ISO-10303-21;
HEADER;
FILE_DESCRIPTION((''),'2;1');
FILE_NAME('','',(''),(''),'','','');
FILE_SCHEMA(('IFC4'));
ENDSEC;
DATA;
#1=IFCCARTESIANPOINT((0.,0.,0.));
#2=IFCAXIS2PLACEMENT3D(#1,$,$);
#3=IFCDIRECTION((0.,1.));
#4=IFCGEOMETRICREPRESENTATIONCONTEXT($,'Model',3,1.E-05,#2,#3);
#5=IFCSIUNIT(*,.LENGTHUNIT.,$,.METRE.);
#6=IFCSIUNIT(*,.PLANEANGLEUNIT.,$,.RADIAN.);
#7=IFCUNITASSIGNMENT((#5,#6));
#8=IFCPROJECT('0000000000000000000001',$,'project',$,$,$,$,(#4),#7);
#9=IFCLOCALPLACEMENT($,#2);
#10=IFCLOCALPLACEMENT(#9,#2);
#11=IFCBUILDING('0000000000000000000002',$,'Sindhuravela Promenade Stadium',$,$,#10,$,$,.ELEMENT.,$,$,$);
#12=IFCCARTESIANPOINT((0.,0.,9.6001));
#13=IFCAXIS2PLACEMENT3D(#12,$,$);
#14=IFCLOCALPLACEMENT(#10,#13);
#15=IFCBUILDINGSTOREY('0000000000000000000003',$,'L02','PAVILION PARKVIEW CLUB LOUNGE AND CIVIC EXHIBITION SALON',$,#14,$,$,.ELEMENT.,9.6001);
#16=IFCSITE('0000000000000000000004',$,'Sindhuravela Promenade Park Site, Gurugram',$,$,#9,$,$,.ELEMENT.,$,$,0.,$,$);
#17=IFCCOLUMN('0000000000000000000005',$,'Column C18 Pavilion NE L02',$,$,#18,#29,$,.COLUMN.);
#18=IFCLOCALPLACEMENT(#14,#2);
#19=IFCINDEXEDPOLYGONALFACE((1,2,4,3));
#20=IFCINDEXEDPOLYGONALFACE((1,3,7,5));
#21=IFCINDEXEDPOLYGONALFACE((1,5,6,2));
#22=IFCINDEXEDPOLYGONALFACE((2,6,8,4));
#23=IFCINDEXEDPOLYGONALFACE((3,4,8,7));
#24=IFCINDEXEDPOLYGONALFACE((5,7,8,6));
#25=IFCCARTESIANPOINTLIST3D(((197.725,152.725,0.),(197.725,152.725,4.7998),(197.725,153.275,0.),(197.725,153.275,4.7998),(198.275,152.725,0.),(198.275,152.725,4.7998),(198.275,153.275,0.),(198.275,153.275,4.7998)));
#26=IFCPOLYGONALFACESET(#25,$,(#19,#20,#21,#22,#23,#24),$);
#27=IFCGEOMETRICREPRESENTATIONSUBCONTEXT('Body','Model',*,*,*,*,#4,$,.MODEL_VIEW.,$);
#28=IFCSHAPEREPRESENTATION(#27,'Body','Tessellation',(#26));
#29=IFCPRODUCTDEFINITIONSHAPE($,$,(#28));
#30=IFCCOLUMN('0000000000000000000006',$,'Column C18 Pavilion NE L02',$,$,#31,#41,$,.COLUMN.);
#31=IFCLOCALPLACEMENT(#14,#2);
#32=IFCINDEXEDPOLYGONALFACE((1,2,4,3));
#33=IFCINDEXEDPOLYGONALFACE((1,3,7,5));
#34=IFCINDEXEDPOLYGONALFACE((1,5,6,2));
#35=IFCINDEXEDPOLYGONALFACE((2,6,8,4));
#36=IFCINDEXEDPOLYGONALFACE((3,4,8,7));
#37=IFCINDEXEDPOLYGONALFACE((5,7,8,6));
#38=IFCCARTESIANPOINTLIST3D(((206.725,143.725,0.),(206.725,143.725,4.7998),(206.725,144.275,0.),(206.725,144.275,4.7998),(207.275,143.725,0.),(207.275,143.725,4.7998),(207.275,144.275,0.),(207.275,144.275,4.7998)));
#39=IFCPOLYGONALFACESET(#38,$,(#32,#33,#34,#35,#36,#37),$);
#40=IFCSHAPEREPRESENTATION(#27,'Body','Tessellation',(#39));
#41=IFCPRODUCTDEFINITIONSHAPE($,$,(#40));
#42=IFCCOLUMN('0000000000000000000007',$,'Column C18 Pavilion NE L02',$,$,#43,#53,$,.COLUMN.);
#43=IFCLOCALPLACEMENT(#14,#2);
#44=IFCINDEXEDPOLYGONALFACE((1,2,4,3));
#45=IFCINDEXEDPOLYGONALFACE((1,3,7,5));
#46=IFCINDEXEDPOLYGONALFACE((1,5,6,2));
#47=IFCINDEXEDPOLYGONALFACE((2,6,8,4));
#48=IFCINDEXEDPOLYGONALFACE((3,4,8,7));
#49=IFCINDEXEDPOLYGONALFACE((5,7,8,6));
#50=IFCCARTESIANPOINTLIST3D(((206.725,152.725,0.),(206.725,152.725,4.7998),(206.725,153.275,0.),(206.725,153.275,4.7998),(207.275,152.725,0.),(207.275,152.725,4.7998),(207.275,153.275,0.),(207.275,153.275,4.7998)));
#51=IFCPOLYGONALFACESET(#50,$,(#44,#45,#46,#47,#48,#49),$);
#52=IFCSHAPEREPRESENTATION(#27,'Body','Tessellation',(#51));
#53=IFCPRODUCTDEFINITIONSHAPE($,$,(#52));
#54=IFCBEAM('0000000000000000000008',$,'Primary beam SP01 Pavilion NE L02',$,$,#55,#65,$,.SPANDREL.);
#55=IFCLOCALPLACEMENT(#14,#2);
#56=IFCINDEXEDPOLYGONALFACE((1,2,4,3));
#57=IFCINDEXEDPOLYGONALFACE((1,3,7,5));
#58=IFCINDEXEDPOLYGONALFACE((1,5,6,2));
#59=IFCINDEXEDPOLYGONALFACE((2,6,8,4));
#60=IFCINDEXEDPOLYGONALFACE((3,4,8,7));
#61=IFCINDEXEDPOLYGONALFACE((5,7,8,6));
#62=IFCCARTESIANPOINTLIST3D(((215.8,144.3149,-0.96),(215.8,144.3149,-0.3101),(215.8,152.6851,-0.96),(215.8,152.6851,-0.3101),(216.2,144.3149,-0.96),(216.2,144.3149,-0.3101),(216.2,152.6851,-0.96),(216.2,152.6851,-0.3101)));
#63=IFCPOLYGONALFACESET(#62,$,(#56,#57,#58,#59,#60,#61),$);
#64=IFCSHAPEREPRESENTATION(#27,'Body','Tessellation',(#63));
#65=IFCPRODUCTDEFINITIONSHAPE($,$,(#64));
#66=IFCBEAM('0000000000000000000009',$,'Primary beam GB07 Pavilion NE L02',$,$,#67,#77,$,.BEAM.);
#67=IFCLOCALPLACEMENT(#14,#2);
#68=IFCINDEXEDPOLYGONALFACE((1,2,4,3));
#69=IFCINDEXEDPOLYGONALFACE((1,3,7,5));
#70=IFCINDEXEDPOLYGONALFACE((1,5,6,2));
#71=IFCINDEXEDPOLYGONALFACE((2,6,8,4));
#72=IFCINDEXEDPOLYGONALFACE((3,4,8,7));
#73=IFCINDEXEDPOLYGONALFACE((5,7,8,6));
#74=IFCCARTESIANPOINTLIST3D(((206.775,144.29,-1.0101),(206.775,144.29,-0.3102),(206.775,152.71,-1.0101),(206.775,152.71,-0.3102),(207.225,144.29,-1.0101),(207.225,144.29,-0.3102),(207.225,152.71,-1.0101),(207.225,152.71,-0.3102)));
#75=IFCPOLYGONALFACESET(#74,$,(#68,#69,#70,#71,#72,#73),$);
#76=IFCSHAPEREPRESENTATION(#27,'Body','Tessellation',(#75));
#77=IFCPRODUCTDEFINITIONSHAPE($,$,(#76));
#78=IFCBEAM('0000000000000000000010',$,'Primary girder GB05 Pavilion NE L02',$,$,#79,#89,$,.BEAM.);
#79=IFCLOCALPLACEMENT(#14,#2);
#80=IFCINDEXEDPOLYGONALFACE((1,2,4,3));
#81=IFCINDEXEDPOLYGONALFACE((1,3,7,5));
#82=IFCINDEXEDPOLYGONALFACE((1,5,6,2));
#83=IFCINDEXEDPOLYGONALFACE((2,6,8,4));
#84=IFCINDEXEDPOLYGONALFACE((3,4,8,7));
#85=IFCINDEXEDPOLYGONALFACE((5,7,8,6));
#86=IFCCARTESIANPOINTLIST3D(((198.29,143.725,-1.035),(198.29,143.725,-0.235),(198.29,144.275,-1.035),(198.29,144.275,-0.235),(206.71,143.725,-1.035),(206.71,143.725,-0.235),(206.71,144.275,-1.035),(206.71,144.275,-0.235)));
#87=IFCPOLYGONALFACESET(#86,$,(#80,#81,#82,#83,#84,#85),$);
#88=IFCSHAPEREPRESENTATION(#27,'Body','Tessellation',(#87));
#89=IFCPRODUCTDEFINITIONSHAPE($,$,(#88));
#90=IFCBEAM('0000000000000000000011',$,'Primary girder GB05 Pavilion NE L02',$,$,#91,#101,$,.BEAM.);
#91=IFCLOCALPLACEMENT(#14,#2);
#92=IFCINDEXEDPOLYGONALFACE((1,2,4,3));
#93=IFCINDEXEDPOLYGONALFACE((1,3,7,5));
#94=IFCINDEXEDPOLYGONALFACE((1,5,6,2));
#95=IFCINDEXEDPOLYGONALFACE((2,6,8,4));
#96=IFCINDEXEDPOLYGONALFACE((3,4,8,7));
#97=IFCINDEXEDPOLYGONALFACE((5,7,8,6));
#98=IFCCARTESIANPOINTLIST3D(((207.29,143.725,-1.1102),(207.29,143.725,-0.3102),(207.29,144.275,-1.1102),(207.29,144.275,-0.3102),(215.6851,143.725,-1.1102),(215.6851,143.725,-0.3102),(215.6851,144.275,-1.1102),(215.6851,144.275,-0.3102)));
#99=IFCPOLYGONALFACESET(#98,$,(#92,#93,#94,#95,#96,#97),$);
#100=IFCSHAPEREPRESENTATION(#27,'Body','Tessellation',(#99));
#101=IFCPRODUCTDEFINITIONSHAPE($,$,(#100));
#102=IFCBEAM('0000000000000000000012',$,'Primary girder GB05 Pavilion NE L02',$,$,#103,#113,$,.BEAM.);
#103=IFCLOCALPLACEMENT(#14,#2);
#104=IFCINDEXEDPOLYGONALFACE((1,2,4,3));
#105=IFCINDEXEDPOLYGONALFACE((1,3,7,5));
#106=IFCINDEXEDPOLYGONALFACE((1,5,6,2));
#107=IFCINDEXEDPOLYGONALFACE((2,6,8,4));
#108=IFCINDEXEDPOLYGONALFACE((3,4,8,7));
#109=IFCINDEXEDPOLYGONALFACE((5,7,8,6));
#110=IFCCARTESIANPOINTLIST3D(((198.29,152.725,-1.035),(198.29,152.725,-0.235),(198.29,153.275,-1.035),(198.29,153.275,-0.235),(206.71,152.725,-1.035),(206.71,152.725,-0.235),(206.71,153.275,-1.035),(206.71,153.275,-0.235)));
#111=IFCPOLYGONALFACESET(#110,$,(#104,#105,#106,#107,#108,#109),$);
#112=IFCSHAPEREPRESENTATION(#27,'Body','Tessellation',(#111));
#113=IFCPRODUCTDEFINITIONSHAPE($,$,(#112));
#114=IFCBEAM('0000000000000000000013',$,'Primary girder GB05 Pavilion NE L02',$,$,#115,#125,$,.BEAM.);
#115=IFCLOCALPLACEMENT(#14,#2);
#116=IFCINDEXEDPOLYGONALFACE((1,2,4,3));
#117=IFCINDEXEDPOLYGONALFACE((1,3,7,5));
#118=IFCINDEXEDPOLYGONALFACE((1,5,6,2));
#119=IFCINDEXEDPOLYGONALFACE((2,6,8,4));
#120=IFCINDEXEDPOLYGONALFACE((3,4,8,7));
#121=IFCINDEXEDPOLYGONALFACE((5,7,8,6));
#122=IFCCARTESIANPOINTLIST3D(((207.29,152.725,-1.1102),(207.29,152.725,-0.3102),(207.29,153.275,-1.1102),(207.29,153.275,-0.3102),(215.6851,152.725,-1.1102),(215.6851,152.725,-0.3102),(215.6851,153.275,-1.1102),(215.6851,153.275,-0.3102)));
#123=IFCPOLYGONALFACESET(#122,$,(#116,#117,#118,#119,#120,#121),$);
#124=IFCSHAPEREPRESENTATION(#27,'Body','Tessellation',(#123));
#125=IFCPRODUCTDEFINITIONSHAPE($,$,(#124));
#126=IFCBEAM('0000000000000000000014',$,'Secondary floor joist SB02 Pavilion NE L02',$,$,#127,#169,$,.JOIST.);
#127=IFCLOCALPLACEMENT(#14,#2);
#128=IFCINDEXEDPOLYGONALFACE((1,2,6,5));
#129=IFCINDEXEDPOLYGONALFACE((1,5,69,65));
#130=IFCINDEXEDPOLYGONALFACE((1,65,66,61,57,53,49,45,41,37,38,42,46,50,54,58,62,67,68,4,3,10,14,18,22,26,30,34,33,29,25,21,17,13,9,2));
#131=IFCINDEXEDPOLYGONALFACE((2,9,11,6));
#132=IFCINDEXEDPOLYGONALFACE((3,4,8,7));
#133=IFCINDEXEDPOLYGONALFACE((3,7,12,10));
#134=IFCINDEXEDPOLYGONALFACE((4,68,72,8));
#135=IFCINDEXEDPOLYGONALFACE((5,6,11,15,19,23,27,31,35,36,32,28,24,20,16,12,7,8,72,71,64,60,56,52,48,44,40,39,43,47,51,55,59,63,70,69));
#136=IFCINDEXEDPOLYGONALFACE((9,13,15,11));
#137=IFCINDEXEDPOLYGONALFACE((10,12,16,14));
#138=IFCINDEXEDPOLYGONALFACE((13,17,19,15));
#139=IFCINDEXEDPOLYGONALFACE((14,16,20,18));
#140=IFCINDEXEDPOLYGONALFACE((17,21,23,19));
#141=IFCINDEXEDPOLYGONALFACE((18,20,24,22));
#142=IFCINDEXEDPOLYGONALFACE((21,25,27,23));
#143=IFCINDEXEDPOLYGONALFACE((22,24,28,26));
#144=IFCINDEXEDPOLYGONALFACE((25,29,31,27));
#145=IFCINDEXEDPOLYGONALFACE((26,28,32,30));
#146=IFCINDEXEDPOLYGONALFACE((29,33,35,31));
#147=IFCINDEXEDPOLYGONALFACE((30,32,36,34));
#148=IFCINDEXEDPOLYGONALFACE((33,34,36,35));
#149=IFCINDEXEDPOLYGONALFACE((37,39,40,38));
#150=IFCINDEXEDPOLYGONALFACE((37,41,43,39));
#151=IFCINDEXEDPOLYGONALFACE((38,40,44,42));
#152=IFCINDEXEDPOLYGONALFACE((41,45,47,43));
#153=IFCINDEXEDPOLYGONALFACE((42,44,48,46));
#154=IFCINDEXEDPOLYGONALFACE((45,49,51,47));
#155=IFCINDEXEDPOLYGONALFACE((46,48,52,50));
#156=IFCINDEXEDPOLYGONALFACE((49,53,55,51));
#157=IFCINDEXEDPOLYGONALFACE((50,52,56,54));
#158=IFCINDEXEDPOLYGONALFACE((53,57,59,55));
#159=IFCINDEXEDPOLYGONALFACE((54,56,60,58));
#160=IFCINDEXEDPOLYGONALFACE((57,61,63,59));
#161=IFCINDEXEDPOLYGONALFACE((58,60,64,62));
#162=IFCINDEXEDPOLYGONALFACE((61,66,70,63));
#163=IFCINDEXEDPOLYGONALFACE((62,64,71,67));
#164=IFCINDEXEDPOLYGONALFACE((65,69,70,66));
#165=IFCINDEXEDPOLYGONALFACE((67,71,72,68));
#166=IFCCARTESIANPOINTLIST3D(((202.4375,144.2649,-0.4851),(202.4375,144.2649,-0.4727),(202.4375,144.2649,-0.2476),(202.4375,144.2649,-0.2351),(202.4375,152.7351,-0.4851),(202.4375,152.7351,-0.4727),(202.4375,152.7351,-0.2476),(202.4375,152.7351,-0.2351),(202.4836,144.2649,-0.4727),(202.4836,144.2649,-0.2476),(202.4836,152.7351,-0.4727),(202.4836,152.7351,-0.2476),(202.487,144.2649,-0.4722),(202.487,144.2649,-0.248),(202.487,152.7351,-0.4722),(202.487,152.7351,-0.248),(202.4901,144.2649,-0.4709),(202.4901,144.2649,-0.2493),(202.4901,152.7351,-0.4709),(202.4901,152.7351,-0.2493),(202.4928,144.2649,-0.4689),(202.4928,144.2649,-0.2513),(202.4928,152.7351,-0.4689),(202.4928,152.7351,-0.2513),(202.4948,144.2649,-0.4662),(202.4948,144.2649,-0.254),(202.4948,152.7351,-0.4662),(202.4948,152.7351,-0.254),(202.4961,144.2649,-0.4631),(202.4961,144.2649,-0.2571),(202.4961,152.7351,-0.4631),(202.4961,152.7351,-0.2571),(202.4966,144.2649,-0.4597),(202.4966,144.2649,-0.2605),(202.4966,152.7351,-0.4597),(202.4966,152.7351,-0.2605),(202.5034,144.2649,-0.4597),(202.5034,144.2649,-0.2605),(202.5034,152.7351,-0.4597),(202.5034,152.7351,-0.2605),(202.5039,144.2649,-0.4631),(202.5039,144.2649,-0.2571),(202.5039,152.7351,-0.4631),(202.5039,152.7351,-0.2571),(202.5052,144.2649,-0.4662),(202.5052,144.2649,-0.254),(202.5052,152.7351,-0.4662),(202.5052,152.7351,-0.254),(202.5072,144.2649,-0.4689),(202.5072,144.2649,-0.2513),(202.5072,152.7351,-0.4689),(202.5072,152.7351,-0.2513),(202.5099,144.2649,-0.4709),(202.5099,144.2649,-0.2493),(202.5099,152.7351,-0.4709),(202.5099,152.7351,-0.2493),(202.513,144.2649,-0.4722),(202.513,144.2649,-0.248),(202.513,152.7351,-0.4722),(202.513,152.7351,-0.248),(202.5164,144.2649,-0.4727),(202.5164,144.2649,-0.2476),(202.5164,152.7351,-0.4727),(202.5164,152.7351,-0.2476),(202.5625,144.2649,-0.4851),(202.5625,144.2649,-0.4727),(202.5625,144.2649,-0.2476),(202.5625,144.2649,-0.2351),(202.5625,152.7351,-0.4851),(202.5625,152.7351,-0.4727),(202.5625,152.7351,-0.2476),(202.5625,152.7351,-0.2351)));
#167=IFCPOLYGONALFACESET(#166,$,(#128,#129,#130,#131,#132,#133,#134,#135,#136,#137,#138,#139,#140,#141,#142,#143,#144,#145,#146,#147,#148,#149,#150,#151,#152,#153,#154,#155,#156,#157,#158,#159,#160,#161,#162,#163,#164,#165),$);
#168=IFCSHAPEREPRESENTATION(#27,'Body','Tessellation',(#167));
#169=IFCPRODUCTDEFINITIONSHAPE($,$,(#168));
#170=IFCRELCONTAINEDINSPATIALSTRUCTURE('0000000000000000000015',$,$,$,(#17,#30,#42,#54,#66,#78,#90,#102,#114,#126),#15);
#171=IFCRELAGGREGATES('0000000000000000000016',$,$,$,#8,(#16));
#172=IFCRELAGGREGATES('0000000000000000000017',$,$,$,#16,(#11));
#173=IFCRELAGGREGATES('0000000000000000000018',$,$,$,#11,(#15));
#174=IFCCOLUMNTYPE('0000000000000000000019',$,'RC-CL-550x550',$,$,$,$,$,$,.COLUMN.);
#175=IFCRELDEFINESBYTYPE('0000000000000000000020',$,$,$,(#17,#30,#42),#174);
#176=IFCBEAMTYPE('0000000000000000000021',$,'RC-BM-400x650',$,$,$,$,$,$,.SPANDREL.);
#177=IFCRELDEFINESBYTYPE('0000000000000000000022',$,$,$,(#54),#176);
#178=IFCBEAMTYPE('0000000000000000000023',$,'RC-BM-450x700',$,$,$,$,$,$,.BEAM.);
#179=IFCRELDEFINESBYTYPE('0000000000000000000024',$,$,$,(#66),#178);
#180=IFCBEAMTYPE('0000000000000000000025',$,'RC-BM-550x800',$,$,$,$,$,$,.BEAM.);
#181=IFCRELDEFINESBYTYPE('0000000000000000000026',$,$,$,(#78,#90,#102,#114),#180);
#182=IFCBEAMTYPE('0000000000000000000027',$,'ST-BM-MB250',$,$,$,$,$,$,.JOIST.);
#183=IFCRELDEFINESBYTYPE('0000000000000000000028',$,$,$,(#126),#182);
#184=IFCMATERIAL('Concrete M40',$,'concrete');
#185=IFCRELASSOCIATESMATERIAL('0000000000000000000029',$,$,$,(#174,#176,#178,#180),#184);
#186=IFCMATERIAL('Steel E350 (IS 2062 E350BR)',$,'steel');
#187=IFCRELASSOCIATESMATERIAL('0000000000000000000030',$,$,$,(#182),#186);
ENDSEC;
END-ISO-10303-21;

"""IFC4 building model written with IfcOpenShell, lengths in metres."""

from ifc_helpers import new_model, si_unit, direction, frame, origin, origin_2d, place, context, subcontext, project, spatial, rectangle, i_section, extrude, material, material_profile, profile_set, type_object, element, save


model = new_model("IFC4")

# Units and contexts
model_context = context("Model", 3, precision=1e-05, world=origin(), true_north=direction((0.0, 1.0)))
body_context = subcontext(model_context, "Body", "Model", "MODEL_VIEW")
ifc_project = project(units=[si_unit("LENGTHUNIT", "METRE"), si_unit("PLANEANGLEUNIT", "RADIAN")], contexts=[model_context])

# Site, building, storey
site_placement = place(None, origin())
site = spatial("IfcSite", under=ifc_project, at=site_placement, Name="Sindhuravela Promenade Park Site, Gurugram", CompositionType="ELEMENT", RefElevation=0.0)
building_placement = place(site_placement, origin())
building = spatial("IfcBuilding", under=site, at=building_placement, Name="Sindhuravela Promenade Stadium", CompositionType="ELEMENT")
storey_placement = place(building_placement, frame((0.0, 0.0, 9.6001)))
storey = spatial("IfcBuildingStorey", under=building, at=storey_placement, Name="L02", Description="PAVILION PARKVIEW CLUB LOUNGE AND CIVIC EXHIBITION SALON", CompositionType="ELEMENT", Elevation=9.6001)

# Columns
ifc_material_1 = material(Name="Concrete M40", Category="concrete")
ifc_material_profile_1 = material_profile(ifc_material_1, rectangle(XDim=0.55, YDim=0.55, at=origin_2d()), Name="RC 550x550")
ifc_profile_set_1 = profile_set([ifc_material_profile_1], Name="Concrete M40")
column_type = type_object("IfcColumnType", Name="RC-CL-550x550", PredefinedType="COLUMN", material=ifc_profile_set_1)
for number, where, z_axis, x_axis, name in (
    (1, (198.0, 153.0, 0.0), (0.0, 0.0, 1.0), (1.0, 0.0, 0.0), "Column C18 Pavilion NE L02"),
    (2, (207.0, 144.0, 0.0), (0.0, 0.0, 1.0), (1.0, 0.0, 0.0), "Column C18 Pavilion NE L02"),
    (3, (207.0, 153.0, 0.0), (0.0, 0.0, 1.0), (1.0, 0.0, 0.0), "Column C18 Pavilion NE L02"),
):
    element("IfcColumn", number, at=place(storey_placement, frame(where, z_axis=z_axis, x_axis=x_axis)), inside=storey, type_object=column_type, Name=name, PredefinedType="COLUMN", context=body_context, shape_type="SweptSolid", body=[
        extrude(rectangle(XDim=0.55, YDim=0.55, at=origin_2d()), origin(), (0.0, 0.0, 1.0), 4.7998),
    ])

# Beams
ifc_material_profile_2 = material_profile(ifc_material_1, rectangle(XDim=0.3999, YDim=0.6499, at=origin_2d()), Name="RC 400x650")
ifc_profile_set_2 = profile_set([ifc_material_profile_2], Name="Concrete M40")
beam_type_1 = type_object("IfcBeamType", Name="RC-BM-400x650", PredefinedType="SPANDREL", material=ifc_profile_set_2)
beam_1_placement = place(storey_placement, frame((216.0, 144.3149, -0.635), z_axis=(0.0, 1.0, 0.0), x_axis=(-1.0, 0.0, 0.0)))
element("IfcBeam", 4, at=beam_1_placement, inside=storey, type_object=beam_type_1, Name="Primary beam SP01 Pavilion NE L02", PredefinedType="SPANDREL", context=body_context, shape_type="SweptSolid", body=[
    extrude(rectangle(XDim=0.3999, YDim=0.6499, at=origin_2d()), origin(), (0.0, 0.0, 1.0), 8.3701),
])
ifc_material_profile_3 = material_profile(ifc_material_1, rectangle(XDim=0.45, YDim=0.7, at=origin_2d()), Name="RC 450x700")
ifc_profile_set_3 = profile_set([ifc_material_profile_3], Name="Concrete M40")
beam_type_2 = type_object("IfcBeamType", Name="RC-BM-450x700", PredefinedType="BEAM", material=ifc_profile_set_3)
beam_2_placement = place(storey_placement, frame((207.0, 144.29, -0.6602), z_axis=(0.0, 1.0, 0.0), x_axis=(-1.0, 0.0, 0.0)))
element("IfcBeam", 5, at=beam_2_placement, inside=storey, type_object=beam_type_2, Name="Primary beam GB07 Pavilion NE L02", PredefinedType="BEAM", context=body_context, shape_type="SweptSolid", body=[
    extrude(rectangle(XDim=0.45, YDim=0.7, at=origin_2d()), origin(), (0.0, 0.0, 1.0), 8.4199),
])
ifc_material_profile_4 = material_profile(ifc_material_1, rectangle(XDim=0.55, YDim=0.8, at=origin_2d()), Name="RC 550x800")
ifc_profile_set_4 = profile_set([ifc_material_profile_4], Name="Concrete M40")
beam_type_3 = type_object("IfcBeamType", Name="RC-BM-550x800", PredefinedType="BEAM", material=ifc_profile_set_4)
beam_3_placement = place(storey_placement, frame((198.29, 144.0, -0.635), z_axis=(1.0, 0.0, 0.0), x_axis=(0.0, 1.0, 0.0)))
element("IfcBeam", 6, at=beam_3_placement, inside=storey, type_object=beam_type_3, Name="Primary girder GB05 Pavilion NE L02", PredefinedType="BEAM", context=body_context, shape_type="SweptSolid", body=[
    extrude(rectangle(XDim=0.55, YDim=0.8, at=origin_2d()), origin(), (0.0, 0.0, 1.0), 8.4199),
])
beam_4_placement = place(storey_placement, frame((207.29, 144.0, -0.7102), z_axis=(1.0, 0.0, 0.0), x_axis=(0.0, 1.0, 0.0)))
element("IfcBeam", 7, at=beam_4_placement, inside=storey, type_object=beam_type_3, Name="Primary girder GB05 Pavilion NE L02", PredefinedType="BEAM", context=body_context, shape_type="SweptSolid", body=[
    extrude(rectangle(XDim=0.55, YDim=0.8, at=origin_2d()), origin(), (0.0, 0.0, 1.0), 8.395),
])
beam_5_placement = place(storey_placement, frame((198.29, 153.0, -0.635), z_axis=(1.0, 0.0, 0.0), x_axis=(0.0, 1.0, 0.0)))
element("IfcBeam", 8, at=beam_5_placement, inside=storey, type_object=beam_type_3, Name="Primary girder GB05 Pavilion NE L02", PredefinedType="BEAM", context=body_context, shape_type="SweptSolid", body=[
    extrude(rectangle(XDim=0.55, YDim=0.8, at=origin_2d()), origin(), (0.0, 0.0, 1.0), 8.4199),
])
beam_6_placement = place(storey_placement, frame((207.29, 153.0, -0.7102), z_axis=(1.0, 0.0, 0.0), x_axis=(0.0, 1.0, 0.0)))
element("IfcBeam", 9, at=beam_6_placement, inside=storey, type_object=beam_type_3, Name="Primary girder GB05 Pavilion NE L02", PredefinedType="BEAM", context=body_context, shape_type="SweptSolid", body=[
    extrude(rectangle(XDim=0.55, YDim=0.8, at=origin_2d()), origin(), (0.0, 0.0, 1.0), 8.395),
])
ifc_material_2 = material(Name="Steel E350 (IS 2062 E350BR)", Category="steel")
ifc_material_profile_5 = material_profile(ifc_material_2, i_section(OverallWidth=0.125, OverallDepth=0.25, WebThickness=0.0068, FlangeThickness=0.0125, FilletRadius=0.0129, at=origin_2d()), Name="ISMB 250")
ifc_profile_set_5 = profile_set([ifc_material_profile_5], Name="Steel E350 (IS 2062 E350BR)")
beam_type_4 = type_object("IfcBeamType", Name="ST-BM-MB250", PredefinedType="JOIST", material=ifc_profile_set_5)
beam_7_placement = place(storey_placement, frame((202.5, 144.2649, -0.3601), z_axis=(0.0, 1.0, 0.0), x_axis=(-1.0, 0.0, 0.0)))
element("IfcBeam", 10, at=beam_7_placement, inside=storey, type_object=beam_type_4, Name="Secondary floor joist SB02 Pavilion NE L02", PredefinedType="JOIST", context=body_context, shape_type="SweptSolid", body=[
    extrude(i_section(OverallWidth=0.125, OverallDepth=0.25, WebThickness=0.0068, FlangeThickness=0.0125, FilletRadius=0.0129, at=origin_2d()), origin(), (0.0, 0.0, 1.0), 8.4702),
])

save(model, "model.ifc")
